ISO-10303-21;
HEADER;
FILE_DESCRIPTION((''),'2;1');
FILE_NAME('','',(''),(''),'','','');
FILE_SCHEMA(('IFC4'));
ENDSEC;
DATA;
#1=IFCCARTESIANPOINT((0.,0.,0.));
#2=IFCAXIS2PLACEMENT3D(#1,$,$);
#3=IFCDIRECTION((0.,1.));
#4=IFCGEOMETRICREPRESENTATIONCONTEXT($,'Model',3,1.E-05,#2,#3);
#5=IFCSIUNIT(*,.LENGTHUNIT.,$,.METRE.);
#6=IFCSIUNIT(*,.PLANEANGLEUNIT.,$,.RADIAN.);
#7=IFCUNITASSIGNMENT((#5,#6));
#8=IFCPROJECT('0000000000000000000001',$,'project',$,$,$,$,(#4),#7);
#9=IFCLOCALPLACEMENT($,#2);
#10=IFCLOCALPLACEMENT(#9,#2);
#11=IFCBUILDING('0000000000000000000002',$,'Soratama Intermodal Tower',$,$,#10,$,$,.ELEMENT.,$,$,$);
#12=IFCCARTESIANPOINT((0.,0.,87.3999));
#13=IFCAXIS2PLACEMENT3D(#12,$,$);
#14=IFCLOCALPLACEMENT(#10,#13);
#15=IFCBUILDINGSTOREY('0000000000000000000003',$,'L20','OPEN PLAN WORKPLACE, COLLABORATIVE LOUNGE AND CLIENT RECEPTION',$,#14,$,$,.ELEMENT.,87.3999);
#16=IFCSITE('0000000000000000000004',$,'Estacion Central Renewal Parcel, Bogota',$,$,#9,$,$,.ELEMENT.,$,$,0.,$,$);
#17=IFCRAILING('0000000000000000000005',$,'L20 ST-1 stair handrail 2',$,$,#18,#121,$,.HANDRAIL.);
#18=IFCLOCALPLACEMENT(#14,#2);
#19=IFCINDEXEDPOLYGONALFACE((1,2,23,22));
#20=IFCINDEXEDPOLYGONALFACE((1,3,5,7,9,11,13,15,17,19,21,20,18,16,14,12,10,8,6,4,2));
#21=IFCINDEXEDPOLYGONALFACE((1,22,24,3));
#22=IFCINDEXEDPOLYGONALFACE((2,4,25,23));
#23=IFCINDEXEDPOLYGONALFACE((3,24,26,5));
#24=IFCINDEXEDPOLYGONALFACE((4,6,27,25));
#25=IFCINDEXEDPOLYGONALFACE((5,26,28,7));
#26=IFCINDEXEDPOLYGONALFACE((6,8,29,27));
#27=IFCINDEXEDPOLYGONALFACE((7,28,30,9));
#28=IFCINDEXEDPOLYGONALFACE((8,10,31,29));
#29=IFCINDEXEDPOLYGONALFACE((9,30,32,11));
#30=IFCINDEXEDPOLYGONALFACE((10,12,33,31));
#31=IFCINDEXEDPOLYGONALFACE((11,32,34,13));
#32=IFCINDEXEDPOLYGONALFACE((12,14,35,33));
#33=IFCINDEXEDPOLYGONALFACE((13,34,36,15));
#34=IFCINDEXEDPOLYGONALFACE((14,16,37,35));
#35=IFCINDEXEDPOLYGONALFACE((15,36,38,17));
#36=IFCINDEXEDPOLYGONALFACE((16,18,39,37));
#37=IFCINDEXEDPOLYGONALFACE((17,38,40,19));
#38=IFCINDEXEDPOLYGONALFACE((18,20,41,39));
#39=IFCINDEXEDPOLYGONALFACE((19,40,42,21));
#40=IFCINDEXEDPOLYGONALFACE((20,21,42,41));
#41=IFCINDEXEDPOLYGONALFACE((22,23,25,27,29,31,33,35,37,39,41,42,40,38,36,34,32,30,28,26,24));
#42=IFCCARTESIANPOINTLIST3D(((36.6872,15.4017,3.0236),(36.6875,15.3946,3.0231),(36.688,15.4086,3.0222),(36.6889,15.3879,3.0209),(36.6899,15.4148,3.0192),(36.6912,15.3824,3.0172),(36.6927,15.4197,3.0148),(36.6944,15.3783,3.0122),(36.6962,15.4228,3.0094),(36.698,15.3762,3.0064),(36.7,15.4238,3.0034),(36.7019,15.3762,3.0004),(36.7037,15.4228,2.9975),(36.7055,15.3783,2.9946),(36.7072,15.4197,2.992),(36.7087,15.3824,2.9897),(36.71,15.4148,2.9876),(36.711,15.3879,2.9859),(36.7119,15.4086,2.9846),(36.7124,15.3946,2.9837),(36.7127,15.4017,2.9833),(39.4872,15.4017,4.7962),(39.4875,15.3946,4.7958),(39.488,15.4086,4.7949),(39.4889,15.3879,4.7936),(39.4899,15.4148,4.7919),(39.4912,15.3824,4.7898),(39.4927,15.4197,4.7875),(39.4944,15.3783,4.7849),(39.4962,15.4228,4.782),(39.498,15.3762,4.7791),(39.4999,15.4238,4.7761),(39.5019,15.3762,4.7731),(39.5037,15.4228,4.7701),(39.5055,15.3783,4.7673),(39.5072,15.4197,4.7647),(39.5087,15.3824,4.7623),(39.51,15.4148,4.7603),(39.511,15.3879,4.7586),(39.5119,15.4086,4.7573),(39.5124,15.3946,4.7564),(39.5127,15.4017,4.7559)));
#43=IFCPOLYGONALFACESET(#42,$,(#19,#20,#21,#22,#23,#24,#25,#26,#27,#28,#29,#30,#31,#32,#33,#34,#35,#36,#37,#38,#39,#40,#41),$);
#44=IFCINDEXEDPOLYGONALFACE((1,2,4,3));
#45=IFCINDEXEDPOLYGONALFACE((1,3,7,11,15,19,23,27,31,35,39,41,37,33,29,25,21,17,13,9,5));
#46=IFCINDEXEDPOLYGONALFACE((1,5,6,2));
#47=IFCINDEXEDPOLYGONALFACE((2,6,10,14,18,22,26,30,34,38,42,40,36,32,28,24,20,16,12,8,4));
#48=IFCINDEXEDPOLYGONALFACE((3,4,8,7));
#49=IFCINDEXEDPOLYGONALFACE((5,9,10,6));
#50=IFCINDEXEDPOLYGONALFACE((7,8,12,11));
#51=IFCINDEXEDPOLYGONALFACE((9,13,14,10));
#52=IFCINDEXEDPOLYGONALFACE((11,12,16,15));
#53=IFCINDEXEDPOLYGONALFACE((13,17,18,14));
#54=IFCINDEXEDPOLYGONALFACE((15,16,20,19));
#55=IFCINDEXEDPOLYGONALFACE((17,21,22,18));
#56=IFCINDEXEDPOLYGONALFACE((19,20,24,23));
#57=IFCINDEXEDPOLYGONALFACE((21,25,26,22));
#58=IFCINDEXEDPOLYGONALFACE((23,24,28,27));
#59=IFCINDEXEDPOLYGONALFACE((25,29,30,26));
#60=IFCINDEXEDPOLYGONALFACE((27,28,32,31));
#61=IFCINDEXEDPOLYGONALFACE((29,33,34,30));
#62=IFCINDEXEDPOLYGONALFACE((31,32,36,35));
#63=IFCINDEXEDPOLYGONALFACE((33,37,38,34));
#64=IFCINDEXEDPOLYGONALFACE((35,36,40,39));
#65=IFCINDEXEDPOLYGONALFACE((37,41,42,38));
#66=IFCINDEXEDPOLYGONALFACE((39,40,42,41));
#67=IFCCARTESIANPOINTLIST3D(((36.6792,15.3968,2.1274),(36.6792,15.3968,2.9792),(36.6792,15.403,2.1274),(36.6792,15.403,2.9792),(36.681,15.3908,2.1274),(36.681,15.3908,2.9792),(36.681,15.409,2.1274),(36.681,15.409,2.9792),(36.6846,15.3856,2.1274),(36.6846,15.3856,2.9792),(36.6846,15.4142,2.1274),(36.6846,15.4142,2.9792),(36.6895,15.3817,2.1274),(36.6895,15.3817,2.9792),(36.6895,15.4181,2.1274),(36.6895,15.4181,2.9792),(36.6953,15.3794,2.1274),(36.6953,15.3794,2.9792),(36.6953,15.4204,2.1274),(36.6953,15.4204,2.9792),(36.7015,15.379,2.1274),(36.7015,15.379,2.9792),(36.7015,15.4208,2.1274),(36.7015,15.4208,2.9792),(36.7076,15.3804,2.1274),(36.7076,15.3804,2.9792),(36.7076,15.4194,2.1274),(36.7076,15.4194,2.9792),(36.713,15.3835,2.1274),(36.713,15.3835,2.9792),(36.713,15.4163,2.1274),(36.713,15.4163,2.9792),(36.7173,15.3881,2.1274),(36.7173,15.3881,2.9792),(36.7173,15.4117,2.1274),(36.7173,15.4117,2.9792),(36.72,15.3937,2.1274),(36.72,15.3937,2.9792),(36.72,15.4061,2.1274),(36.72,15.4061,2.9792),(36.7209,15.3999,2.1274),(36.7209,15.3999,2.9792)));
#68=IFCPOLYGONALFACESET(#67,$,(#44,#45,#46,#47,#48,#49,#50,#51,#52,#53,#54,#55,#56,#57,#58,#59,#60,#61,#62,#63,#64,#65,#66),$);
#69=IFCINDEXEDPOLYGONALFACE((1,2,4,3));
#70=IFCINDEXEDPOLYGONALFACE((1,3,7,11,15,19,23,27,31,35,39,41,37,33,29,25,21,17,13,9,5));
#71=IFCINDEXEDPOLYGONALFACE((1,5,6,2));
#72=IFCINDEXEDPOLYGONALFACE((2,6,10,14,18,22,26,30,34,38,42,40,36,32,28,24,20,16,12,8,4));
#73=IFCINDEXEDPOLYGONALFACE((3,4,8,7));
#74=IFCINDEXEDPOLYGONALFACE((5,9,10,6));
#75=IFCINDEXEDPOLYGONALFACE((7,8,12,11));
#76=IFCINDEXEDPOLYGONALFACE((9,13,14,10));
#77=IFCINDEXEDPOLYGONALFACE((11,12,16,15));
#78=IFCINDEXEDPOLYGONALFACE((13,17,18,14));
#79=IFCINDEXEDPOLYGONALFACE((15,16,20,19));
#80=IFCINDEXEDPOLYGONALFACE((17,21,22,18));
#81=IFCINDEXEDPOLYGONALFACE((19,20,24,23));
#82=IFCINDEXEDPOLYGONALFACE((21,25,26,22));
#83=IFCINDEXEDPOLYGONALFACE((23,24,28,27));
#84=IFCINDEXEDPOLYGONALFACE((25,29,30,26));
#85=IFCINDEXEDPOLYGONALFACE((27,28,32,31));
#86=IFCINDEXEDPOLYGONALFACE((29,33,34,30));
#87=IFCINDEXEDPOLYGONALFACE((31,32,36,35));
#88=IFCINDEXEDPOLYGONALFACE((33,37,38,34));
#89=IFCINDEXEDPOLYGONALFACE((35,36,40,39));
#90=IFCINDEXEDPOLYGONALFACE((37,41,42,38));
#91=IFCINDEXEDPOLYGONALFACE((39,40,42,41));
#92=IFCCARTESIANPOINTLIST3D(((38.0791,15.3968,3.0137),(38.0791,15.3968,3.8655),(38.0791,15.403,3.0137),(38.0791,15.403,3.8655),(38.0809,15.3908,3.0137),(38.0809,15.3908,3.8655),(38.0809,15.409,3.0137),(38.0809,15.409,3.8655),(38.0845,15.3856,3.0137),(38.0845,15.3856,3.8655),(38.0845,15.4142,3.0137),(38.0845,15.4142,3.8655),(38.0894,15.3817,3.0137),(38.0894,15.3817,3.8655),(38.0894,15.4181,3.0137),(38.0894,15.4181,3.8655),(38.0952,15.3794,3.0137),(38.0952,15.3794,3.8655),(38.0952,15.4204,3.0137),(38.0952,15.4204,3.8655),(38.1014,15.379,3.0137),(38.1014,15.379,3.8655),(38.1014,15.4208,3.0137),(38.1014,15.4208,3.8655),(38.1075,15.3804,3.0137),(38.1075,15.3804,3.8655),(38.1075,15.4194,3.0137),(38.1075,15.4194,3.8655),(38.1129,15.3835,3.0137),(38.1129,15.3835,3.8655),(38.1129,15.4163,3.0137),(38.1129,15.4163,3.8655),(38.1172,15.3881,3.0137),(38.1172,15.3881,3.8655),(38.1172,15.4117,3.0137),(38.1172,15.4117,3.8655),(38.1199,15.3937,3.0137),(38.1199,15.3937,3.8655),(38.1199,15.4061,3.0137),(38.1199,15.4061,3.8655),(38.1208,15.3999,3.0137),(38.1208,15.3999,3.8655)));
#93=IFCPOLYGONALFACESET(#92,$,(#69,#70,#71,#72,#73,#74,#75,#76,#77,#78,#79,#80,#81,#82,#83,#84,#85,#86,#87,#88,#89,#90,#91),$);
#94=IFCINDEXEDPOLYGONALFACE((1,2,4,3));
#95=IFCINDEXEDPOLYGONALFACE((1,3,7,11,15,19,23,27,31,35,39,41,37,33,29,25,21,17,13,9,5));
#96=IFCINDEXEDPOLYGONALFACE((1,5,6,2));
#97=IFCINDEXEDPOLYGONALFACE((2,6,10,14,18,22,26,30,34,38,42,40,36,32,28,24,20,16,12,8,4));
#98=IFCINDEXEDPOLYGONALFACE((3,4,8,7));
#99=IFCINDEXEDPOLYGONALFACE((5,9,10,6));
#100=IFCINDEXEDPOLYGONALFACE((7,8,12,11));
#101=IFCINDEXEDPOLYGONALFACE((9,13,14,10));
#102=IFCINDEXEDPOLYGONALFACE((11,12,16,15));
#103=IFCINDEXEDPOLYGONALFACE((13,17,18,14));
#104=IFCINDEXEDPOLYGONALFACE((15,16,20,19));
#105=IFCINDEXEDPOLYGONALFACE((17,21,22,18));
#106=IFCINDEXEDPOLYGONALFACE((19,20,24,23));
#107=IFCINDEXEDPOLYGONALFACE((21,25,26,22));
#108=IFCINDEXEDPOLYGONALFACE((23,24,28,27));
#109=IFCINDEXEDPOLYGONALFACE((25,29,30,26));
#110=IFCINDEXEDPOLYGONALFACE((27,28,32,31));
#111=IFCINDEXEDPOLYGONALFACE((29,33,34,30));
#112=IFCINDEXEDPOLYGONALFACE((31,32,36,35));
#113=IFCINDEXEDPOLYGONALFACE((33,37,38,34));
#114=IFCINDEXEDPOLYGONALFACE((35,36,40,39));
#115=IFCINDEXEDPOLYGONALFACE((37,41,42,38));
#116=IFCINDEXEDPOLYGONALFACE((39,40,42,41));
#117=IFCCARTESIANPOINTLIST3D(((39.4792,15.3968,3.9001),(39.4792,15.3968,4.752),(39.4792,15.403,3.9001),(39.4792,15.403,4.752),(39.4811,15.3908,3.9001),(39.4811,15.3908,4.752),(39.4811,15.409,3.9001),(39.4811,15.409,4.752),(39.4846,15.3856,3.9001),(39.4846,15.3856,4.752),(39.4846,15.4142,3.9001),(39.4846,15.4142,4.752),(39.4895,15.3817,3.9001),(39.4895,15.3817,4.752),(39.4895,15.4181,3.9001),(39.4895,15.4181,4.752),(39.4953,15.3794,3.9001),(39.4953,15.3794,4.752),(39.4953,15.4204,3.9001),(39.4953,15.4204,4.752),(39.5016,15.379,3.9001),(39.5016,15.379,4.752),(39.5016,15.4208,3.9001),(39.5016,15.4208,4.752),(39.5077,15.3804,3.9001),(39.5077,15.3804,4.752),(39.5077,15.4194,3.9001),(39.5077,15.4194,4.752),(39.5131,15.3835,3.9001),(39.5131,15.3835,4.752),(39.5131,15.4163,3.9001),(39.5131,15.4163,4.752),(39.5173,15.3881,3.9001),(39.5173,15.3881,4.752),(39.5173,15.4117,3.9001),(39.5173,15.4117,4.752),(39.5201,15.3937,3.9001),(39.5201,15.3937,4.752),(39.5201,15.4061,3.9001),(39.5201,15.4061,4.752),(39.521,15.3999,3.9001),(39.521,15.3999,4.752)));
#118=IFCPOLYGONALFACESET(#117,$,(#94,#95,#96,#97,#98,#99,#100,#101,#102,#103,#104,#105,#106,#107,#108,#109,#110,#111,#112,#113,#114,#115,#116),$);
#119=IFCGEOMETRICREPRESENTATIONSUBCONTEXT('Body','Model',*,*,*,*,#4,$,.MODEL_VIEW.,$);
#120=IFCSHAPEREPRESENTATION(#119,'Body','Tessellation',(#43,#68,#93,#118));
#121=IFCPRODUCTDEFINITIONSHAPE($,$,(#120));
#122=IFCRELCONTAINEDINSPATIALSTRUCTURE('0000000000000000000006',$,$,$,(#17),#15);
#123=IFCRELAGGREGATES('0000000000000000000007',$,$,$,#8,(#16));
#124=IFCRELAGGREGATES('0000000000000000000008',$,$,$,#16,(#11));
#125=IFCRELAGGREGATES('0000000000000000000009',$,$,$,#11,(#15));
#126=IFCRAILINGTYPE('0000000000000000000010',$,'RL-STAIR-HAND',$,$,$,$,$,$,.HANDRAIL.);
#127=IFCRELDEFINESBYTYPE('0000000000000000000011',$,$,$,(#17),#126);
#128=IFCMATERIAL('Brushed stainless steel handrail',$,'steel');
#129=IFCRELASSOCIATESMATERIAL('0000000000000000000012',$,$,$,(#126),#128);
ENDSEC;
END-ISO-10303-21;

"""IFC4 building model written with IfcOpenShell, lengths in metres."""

from ifc_helpers import new_model, si_unit, direction, frame, origin, origin_2d, place, context, subcontext, project, spatial, circle, extrude, material, type_object, element, save


model = new_model("IFC4")

# Units and contexts
model_context = context("Model", 3, precision=1e-05, world=origin(), true_north=direction((0.0, 1.0)))
body_context = subcontext(model_context, "Body", "Model", "MODEL_VIEW")
ifc_project = project(units=[si_unit("LENGTHUNIT", "METRE"), si_unit("PLANEANGLEUNIT", "RADIAN")], contexts=[model_context])

# Site, building, storey
site_placement = place(None, origin())
site = spatial("IfcSite", under=ifc_project, at=site_placement, Name="Estacion Central Renewal Parcel, Bogota", CompositionType="ELEMENT", RefElevation=0.0)
building_placement = place(site_placement, origin())
building = spatial("IfcBuilding", under=site, at=building_placement, Name="Soratama Intermodal Tower", CompositionType="ELEMENT")
storey_placement = place(building_placement, frame((0.0, 0.0, 87.3999)))
storey = spatial("IfcBuildingStorey", under=building, at=storey_placement, Name="L20", Description="OPEN PLAN WORKPLACE, COLLABORATIVE LOUNGE AND CLIENT RECEPTION", CompositionType="ELEMENT", Elevation=87.3999)

# Railing
ifc_material_1 = material(Name="Brushed stainless steel handrail", Category="steel")
railing_type_1 = type_object("IfcRailingType", Name="RL-STAIR-HAND", PredefinedType="HANDRAIL", material=ifc_material_1)
railing_1_placement = place(storey_placement, frame((36.7, 15.3999, 2.1274)))
element("IfcRailing", 1, at=railing_1_placement, inside=storey, type_object=railing_type_1, Name="L20 ST-1 stair handrail 2", PredefinedType="HANDRAIL", context=body_context, shape_type="SweptSolid", body=[
    extrude(circle(Radius=0.0239, at=origin_2d()), frame((0.0, 0.0, 0.876), z_axis=(0.844909, 0.0, 0.53491), x_axis=(0.0, 1.0, 0.0)), (0.0, 0.0, 1.0), 3.314),
    extrude(circle(Radius=0.021, at=origin_2d()), origin(), (0.0, 0.0, 1.0), 0.8518),
    extrude(circle(Radius=0.021, at=origin_2d()), frame((1.3999, 0.0, 0.8862)), (0.0, 0.0, 1.0), 0.8518),
    extrude(circle(Radius=0.021, at=origin_2d()), frame((2.8, 0.0, 1.7727)), (0.0, 0.0, 1.0), 0.8518),
])

save(model, "model.ifc")
